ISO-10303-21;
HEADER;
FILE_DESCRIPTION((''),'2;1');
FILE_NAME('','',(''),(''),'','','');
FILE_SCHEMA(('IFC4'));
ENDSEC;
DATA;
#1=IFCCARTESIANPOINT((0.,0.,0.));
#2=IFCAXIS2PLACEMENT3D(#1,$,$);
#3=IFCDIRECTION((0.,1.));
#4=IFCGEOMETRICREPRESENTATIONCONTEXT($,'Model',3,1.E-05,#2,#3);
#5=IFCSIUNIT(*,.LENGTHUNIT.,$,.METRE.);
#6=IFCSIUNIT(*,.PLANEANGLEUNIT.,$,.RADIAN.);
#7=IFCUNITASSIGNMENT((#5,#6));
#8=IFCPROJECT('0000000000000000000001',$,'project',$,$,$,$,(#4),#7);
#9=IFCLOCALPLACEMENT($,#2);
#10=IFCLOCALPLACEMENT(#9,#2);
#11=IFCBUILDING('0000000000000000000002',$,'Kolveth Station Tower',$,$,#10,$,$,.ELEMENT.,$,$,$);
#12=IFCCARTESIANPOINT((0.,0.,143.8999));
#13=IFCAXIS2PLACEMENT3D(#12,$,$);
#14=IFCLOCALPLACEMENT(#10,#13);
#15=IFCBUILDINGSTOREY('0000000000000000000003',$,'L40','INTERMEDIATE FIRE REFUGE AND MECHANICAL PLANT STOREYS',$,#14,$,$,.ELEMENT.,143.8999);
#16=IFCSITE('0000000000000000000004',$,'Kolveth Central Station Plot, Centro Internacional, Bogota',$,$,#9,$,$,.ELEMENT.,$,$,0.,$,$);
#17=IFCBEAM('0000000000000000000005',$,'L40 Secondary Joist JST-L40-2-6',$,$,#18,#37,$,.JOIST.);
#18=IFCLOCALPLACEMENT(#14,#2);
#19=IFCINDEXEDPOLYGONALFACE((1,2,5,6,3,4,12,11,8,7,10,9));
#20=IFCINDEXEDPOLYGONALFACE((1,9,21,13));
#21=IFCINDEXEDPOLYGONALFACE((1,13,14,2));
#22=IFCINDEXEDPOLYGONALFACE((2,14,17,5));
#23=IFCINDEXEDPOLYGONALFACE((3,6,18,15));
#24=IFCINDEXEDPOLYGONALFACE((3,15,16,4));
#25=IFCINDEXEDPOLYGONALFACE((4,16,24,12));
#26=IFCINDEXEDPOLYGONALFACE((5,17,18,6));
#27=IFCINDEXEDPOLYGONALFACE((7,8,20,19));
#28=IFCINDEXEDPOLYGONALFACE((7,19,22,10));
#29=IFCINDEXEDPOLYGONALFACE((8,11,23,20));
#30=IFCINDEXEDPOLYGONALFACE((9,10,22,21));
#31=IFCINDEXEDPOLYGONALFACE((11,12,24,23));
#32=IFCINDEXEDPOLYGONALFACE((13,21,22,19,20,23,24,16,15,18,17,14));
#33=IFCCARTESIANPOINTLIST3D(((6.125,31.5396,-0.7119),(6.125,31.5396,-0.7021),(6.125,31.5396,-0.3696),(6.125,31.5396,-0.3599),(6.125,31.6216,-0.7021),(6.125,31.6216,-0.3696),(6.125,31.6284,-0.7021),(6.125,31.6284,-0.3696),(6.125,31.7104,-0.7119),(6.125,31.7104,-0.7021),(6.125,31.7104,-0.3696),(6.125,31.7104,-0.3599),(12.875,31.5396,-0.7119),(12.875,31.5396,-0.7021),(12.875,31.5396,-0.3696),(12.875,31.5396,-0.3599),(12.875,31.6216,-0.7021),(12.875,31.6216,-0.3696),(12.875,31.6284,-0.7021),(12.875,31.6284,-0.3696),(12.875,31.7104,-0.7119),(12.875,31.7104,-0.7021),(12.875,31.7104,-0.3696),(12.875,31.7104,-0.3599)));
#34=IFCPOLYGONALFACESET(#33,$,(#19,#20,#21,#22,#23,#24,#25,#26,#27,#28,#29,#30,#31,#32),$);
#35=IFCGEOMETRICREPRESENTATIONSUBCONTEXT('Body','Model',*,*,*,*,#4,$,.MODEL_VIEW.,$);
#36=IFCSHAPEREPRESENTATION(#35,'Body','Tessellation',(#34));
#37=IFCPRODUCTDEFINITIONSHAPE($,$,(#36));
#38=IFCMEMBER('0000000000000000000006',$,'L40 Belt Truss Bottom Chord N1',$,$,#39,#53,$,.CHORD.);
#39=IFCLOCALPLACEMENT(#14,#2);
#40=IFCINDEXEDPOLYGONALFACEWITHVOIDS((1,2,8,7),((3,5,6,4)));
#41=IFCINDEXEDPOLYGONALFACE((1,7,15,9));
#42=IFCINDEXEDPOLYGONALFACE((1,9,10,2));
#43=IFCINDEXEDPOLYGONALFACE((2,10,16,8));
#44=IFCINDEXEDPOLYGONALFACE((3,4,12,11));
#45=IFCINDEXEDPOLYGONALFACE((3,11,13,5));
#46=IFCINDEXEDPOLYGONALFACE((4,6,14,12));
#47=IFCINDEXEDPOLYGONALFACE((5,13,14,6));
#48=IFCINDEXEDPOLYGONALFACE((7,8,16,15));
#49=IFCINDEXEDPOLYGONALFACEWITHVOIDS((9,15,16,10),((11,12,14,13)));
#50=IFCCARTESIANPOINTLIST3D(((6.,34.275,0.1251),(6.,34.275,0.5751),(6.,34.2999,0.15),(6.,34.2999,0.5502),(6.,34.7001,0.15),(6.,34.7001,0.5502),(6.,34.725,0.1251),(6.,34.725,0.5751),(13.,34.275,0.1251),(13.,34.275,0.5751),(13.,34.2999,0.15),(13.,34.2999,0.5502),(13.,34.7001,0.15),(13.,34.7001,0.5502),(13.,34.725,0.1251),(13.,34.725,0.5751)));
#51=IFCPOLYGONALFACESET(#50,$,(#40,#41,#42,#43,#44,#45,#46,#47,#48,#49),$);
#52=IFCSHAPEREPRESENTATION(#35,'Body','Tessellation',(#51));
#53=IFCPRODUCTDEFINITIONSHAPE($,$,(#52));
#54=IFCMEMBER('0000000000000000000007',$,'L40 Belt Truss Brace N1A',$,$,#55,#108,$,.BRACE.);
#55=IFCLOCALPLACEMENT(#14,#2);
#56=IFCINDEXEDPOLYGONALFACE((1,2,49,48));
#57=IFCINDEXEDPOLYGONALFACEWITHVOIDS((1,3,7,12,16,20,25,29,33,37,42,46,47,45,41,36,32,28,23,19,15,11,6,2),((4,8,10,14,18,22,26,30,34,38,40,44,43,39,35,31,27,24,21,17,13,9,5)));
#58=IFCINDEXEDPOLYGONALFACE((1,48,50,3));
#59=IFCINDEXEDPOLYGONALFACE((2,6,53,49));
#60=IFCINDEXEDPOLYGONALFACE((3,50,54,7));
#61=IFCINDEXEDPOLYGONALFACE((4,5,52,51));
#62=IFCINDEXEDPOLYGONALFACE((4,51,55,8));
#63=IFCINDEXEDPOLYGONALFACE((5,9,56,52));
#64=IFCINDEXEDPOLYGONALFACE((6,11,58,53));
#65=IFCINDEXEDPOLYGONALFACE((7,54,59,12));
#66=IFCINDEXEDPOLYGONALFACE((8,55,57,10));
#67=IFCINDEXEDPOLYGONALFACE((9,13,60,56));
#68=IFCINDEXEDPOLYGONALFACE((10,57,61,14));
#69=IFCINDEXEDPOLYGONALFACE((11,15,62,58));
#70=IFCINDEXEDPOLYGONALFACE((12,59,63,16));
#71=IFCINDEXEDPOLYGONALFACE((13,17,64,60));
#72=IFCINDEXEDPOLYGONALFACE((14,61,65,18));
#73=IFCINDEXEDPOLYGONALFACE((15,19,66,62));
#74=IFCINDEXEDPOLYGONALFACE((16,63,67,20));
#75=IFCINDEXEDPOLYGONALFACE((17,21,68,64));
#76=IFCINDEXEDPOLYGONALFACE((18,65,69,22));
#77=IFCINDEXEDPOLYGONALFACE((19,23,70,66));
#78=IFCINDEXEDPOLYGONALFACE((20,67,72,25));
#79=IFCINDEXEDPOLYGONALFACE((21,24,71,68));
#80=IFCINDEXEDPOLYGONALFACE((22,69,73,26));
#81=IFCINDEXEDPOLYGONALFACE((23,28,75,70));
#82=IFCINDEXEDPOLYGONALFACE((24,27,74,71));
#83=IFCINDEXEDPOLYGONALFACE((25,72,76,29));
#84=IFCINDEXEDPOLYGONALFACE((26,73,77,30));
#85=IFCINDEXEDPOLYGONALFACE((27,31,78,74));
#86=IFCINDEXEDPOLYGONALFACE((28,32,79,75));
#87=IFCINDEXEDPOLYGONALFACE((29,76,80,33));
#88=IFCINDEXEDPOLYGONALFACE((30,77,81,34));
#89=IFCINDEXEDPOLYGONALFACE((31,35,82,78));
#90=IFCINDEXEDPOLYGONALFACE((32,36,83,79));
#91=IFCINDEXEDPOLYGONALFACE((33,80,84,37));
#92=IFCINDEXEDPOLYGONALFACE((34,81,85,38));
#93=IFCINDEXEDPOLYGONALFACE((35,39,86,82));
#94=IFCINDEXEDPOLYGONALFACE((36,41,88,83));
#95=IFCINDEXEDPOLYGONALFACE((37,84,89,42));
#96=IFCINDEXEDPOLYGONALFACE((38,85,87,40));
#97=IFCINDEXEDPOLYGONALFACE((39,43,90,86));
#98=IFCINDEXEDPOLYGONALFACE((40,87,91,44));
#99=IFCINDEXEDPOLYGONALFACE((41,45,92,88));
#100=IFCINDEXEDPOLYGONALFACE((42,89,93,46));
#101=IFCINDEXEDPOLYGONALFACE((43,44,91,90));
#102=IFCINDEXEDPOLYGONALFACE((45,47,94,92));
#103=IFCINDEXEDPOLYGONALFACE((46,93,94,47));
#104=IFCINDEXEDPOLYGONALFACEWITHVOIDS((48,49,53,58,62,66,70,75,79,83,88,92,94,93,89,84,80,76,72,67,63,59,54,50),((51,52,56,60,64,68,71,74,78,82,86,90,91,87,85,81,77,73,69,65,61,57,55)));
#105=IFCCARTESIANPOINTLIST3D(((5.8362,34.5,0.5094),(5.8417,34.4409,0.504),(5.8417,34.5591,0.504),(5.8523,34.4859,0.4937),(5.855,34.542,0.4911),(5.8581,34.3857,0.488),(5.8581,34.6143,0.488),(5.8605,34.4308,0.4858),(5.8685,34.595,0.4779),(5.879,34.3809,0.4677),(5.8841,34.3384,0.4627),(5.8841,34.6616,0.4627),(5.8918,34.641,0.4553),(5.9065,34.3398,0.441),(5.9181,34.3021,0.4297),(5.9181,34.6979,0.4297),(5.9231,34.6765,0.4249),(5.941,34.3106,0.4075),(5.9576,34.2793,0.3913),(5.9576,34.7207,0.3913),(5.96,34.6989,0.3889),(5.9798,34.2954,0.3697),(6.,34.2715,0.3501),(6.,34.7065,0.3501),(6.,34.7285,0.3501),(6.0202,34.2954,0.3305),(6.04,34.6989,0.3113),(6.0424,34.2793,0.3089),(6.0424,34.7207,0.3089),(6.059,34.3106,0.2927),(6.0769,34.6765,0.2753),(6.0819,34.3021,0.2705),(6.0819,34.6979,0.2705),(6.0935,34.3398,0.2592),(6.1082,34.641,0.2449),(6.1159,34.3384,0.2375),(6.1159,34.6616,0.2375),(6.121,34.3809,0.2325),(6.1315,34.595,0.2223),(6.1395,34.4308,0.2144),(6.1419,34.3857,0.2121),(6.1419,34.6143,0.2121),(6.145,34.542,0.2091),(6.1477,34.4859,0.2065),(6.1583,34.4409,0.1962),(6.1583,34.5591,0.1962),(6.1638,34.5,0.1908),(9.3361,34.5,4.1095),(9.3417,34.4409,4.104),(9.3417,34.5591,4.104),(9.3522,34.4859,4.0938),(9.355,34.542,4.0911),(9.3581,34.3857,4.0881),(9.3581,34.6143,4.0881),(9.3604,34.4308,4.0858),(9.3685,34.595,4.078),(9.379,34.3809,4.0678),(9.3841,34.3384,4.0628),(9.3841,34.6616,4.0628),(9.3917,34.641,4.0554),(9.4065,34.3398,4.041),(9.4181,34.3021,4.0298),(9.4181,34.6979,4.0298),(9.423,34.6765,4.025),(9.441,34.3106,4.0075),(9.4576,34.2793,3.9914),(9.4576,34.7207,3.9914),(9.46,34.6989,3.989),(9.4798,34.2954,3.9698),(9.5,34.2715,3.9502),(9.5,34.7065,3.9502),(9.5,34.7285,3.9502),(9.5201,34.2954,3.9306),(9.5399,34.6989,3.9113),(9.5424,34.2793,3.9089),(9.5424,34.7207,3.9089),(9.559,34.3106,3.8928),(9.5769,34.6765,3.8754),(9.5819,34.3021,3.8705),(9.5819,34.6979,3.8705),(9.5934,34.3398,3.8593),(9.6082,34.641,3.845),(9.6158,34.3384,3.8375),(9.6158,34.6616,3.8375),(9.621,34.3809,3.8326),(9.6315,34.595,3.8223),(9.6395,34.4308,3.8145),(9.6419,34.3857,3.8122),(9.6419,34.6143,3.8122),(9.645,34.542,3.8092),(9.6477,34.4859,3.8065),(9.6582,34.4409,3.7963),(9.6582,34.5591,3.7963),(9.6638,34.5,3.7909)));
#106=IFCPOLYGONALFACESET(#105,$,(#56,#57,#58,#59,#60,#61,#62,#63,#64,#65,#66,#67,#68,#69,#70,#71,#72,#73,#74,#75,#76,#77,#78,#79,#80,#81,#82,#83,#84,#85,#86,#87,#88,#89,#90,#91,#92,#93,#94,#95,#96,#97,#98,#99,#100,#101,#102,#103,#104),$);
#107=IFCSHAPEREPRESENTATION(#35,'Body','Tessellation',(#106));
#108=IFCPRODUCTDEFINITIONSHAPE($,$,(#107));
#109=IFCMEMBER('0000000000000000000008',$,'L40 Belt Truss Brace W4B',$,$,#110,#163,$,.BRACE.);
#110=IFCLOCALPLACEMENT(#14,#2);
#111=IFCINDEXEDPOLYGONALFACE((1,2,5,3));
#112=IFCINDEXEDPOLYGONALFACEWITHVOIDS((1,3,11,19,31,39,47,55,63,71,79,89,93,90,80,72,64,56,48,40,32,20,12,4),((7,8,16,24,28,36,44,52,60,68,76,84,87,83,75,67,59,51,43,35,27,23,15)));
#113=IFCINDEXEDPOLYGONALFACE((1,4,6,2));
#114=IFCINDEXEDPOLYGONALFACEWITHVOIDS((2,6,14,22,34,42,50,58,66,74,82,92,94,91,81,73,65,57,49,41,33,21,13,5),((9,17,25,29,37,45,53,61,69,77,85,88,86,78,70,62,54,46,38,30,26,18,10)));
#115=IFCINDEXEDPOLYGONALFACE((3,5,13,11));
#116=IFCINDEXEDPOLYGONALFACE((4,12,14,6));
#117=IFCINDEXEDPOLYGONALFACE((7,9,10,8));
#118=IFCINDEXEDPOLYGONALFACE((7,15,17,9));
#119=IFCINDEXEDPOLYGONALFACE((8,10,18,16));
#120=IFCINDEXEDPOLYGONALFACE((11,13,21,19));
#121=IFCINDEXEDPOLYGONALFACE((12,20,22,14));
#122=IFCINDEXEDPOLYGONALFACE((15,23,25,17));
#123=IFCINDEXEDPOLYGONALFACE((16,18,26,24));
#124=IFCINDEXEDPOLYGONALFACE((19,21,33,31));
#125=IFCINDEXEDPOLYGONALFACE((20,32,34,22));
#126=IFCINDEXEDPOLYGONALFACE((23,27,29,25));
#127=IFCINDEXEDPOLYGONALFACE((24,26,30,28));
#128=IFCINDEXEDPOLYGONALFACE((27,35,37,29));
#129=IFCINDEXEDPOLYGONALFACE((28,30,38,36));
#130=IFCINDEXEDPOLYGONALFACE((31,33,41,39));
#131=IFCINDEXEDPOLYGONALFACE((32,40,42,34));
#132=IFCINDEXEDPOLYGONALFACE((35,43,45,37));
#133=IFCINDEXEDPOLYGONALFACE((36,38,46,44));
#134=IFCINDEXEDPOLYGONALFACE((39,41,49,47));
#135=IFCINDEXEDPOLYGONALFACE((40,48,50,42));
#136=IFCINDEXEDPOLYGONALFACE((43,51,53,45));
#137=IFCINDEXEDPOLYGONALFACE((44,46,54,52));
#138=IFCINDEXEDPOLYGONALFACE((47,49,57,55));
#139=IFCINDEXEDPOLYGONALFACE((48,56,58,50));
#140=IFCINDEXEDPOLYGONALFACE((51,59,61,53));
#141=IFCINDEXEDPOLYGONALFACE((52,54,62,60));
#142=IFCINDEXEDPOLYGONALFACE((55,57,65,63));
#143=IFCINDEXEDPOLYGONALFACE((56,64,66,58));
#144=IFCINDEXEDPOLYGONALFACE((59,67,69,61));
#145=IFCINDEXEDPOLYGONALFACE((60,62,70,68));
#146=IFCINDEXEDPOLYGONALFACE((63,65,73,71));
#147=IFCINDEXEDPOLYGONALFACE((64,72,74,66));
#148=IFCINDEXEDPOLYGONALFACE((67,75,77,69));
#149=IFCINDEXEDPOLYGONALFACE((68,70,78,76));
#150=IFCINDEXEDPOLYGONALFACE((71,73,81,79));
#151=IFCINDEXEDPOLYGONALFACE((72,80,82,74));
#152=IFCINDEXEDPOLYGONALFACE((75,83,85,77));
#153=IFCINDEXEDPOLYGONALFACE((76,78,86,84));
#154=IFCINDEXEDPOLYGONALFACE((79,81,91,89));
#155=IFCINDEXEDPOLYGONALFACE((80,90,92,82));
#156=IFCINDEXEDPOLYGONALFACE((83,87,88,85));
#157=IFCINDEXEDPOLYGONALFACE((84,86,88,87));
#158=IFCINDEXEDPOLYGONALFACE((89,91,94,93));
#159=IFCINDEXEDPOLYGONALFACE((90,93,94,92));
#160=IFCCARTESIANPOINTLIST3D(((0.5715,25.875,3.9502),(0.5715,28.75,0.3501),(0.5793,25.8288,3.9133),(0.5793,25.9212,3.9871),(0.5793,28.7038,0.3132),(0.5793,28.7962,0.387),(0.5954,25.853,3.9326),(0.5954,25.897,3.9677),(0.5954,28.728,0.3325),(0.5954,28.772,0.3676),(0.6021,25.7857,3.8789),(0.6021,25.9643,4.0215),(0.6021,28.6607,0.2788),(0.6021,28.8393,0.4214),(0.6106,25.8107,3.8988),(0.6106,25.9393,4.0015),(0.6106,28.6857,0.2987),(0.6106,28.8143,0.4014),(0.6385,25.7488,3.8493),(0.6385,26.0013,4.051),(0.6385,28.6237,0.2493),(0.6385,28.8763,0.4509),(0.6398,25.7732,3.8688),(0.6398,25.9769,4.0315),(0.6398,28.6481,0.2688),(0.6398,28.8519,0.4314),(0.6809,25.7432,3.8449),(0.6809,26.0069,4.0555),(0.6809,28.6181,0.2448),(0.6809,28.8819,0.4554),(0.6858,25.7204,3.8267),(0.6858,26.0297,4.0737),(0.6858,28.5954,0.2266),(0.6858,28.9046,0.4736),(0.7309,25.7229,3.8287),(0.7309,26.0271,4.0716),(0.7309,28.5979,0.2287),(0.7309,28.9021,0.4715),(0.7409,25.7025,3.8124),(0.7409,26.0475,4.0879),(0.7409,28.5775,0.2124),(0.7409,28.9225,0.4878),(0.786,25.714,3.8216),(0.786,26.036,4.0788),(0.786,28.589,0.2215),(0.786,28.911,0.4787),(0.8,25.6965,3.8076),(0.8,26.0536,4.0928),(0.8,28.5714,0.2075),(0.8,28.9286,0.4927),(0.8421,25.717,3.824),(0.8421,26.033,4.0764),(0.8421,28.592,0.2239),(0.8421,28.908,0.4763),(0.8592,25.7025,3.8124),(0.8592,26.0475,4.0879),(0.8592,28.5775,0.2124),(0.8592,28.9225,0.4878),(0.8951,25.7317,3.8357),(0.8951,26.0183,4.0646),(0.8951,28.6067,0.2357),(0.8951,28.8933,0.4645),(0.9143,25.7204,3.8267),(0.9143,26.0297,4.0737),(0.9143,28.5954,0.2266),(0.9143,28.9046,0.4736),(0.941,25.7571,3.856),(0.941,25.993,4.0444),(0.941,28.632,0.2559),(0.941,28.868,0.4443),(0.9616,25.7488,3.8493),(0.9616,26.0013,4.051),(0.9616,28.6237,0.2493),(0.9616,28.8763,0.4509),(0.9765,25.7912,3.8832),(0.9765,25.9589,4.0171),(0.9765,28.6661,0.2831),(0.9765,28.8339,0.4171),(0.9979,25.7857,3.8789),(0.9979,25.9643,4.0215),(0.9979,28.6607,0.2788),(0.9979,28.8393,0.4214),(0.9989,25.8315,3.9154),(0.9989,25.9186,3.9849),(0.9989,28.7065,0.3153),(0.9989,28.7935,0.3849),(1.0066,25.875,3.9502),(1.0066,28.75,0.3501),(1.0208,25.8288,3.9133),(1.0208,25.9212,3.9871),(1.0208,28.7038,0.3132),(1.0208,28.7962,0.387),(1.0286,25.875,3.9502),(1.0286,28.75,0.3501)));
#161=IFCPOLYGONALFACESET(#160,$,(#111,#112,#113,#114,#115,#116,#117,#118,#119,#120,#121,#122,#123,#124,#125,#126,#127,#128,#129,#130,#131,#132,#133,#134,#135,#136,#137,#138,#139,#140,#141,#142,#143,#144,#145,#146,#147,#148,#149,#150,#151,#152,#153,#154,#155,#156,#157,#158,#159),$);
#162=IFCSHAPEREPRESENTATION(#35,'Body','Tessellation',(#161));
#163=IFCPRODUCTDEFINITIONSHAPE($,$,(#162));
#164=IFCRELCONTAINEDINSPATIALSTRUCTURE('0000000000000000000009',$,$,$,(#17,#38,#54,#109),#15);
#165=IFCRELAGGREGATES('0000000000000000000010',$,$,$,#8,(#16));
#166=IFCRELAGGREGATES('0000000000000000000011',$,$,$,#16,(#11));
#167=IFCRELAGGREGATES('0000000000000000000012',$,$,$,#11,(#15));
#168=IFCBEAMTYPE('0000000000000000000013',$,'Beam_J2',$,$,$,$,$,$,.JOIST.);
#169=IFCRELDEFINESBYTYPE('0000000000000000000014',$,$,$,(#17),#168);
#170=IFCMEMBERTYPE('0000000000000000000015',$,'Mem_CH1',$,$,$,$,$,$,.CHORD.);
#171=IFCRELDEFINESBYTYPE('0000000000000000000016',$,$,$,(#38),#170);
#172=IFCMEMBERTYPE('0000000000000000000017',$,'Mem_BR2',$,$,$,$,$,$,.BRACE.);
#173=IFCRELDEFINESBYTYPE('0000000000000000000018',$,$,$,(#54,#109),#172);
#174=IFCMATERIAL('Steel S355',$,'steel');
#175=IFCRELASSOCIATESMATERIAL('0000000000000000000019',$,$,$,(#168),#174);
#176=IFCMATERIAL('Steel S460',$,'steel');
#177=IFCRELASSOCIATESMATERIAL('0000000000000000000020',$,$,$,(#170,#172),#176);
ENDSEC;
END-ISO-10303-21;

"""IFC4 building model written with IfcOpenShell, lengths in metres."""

from ifc_helpers import new_model, si_unit, direction, frame, origin, origin_2d, place, context, subcontext, project, spatial, hollow_rectangle, hollow_circle, i_section, extrude, source, transform, mapped, material, material_profile, profile_set, type_object, element, save


model = new_model("IFC4")

# Units and contexts
model_context = context("Model", 3, precision=1e-05, world=origin(), true_north=direction((0.0, 1.0)))
body_context = subcontext(model_context, "Body", "Model", "MODEL_VIEW")
ifc_project = project(units=[si_unit("LENGTHUNIT", "METRE"), si_unit("PLANEANGLEUNIT", "RADIAN")], contexts=[model_context])

# Site, building, storey
site_placement = place(None, origin())
site = spatial("IfcSite", under=ifc_project, at=site_placement, Name="Kolveth Central Station Plot, Centro Internacional, Bogota", CompositionType="ELEMENT", RefElevation=0.0)
building_placement = place(site_placement, origin())
building = spatial("IfcBuilding", under=site, at=building_placement, Name="Kolveth Station Tower", CompositionType="ELEMENT")
storey_placement = place(building_placement, frame((0.0, 0.0, 143.8999)))
storey = spatial("IfcBuildingStorey", under=building, at=storey_placement, Name="L40", Description="INTERMEDIATE FIRE REFUGE AND MECHANICAL PLANT STOREYS", CompositionType="ELEMENT", Elevation=143.8999)

# Shared definitions
ifc_material_1 = material(Name="Steel S460", Category="steel")

# Beam
ifc_material_2 = material(Name="Steel S355", Category="steel")
ifc_material_profile_1 = material_profile(ifc_material_2, i_section(OverallWidth=0.1709, OverallDepth=0.3521, WebThickness=0.0068, FlangeThickness=0.0098, at=origin_2d()), Name="W360x44")
ifc_profile_set_1 = profile_set([ifc_material_profile_1], Name="Steel S355")
beam_type_1 = type_object("IfcBeamType", Name="Beam_J2", PredefinedType="JOIST", material=ifc_profile_set_1)
shared_shape_1 = source(origin(), body_context, "Body", "SweptSolid", [
    extrude(i_section(OverallWidth=0.1709, OverallDepth=0.3521, WebThickness=0.0068, FlangeThickness=0.0098, at=origin_2d()), origin(), (0.0, 0.0, 1.0), 6.75),
])
beam_1_placement = place(storey_placement, frame((6.125, 31.625, -0.5359), z_axis=(1.0, 0.0, 0.0), x_axis=(0.0, 1.0, 0.0)))
element("IfcBeam", 1, at=beam_1_placement, inside=storey, type_object=beam_type_1, Name="L40 Secondary Joist JST-L40-2-6", PredefinedType="JOIST", context=body_context, shape_type="MappedRepresentation", body=[
    mapped(shared_shape_1, transform((0.0, 0.0, 0.0), x_axis=(1.0, 0.0, 0.0), y_axis=(0.0, 1.0, 0.0), z_axis=(0.0, 0.0, 1.0), scale=1.0)),
])

# Members
ifc_material_profile_2 = material_profile(ifc_material_1, hollow_rectangle(XDim=0.45, YDim=0.45, WallThickness=0.0249, at=origin_2d()), Name="HSS450x450x25")
ifc_profile_set_2 = profile_set([ifc_material_profile_2], Name="Steel S460")
member_type_1 = type_object("IfcMemberType", Name="Mem_CH1", PredefinedType="CHORD", material=ifc_profile_set_2)
shared_shape_2 = source(origin(), body_context, "Body", "SweptSolid", [
    extrude(hollow_rectangle(XDim=0.45, YDim=0.45, WallThickness=0.0249, at=origin_2d()), origin(), (0.0, 0.0, 1.0), 7.0),
])
member_1_placement = place(storey_placement, frame((6.0, 34.5, 0.3501), z_axis=(1.0, 0.0, 0.0), x_axis=(0.0, 1.0, 0.0)))
element("IfcMember", 2, at=member_1_placement, inside=storey, type_object=member_type_1, Name="L40 Belt Truss Bottom Chord N1", PredefinedType="CHORD", context=body_context, shape_type="MappedRepresentation", body=[
    mapped(shared_shape_2, transform((0.0, 0.0, 0.0), x_axis=(1.0, 0.0, 0.0), y_axis=(0.0, 1.0, 0.0), z_axis=(0.0, 0.0, 1.0), scale=1.0)),
])
ifc_material_profile_3 = material_profile(ifc_material_1, hollow_circle(Radius=0.2285, WallThickness=0.022, at=origin_2d()), Name="CHS457x22")
ifc_profile_set_3 = profile_set([ifc_material_profile_3], Name="Steel S460")
member_type_2 = type_object("IfcMemberType", Name="Mem_BR2", PredefinedType="BRACE", material=ifc_profile_set_3)
shared_shape_3 = source(origin(), body_context, "Body", "SweptSolid", [
    extrude(hollow_circle(Radius=0.2285, WallThickness=0.022, at=origin_2d()), origin(), (0.0, 0.0, 1.0), 5.021),
])
member_2_placement = place(storey_placement, frame((6.0, 34.5, 0.3501), z_axis=(0.697069, 0.0, 0.717004), x_axis=(0.0, 1.0, 0.0)))
element("IfcMember", 3, at=member_2_placement, inside=storey, type_object=member_type_2, Name="L40 Belt Truss Brace N1A", PredefinedType="BRACE", context=body_context, shape_type="MappedRepresentation", body=[
    mapped(shared_shape_3, transform((0.0, 0.0, 0.0), x_axis=(1.0, 0.0, 0.0), y_axis=(0.0, 1.0, 0.0), z_axis=(0.0, 0.0, 1.0), scale=1.0)),
])
shared_shape_4 = source(origin(), body_context, "Body", "SweptSolid", [
    extrude(hollow_circle(Radius=0.2285, WallThickness=0.022, at=origin_2d()), origin(), (0.0, 0.0, 1.0), 4.6072),
])
member_3_placement = place(storey_placement, frame((0.8, 28.75, 0.3501), z_axis=(0.0, -0.624023, 0.781406), x_axis=(1.0, 0.0, 0.0)))
element("IfcMember", 4, at=member_3_placement, inside=storey, type_object=member_type_2, Name="L40 Belt Truss Brace W4B", PredefinedType="BRACE", context=body_context, shape_type="MappedRepresentation", body=[
    mapped(shared_shape_4, transform((0.0, 0.0, 0.0), x_axis=(1.0, 0.0, 0.0), y_axis=(0.0, 1.0, 0.0), z_axis=(0.0, 0.0, 1.0), scale=1.0)),
])

save(model, "model.ifc")
